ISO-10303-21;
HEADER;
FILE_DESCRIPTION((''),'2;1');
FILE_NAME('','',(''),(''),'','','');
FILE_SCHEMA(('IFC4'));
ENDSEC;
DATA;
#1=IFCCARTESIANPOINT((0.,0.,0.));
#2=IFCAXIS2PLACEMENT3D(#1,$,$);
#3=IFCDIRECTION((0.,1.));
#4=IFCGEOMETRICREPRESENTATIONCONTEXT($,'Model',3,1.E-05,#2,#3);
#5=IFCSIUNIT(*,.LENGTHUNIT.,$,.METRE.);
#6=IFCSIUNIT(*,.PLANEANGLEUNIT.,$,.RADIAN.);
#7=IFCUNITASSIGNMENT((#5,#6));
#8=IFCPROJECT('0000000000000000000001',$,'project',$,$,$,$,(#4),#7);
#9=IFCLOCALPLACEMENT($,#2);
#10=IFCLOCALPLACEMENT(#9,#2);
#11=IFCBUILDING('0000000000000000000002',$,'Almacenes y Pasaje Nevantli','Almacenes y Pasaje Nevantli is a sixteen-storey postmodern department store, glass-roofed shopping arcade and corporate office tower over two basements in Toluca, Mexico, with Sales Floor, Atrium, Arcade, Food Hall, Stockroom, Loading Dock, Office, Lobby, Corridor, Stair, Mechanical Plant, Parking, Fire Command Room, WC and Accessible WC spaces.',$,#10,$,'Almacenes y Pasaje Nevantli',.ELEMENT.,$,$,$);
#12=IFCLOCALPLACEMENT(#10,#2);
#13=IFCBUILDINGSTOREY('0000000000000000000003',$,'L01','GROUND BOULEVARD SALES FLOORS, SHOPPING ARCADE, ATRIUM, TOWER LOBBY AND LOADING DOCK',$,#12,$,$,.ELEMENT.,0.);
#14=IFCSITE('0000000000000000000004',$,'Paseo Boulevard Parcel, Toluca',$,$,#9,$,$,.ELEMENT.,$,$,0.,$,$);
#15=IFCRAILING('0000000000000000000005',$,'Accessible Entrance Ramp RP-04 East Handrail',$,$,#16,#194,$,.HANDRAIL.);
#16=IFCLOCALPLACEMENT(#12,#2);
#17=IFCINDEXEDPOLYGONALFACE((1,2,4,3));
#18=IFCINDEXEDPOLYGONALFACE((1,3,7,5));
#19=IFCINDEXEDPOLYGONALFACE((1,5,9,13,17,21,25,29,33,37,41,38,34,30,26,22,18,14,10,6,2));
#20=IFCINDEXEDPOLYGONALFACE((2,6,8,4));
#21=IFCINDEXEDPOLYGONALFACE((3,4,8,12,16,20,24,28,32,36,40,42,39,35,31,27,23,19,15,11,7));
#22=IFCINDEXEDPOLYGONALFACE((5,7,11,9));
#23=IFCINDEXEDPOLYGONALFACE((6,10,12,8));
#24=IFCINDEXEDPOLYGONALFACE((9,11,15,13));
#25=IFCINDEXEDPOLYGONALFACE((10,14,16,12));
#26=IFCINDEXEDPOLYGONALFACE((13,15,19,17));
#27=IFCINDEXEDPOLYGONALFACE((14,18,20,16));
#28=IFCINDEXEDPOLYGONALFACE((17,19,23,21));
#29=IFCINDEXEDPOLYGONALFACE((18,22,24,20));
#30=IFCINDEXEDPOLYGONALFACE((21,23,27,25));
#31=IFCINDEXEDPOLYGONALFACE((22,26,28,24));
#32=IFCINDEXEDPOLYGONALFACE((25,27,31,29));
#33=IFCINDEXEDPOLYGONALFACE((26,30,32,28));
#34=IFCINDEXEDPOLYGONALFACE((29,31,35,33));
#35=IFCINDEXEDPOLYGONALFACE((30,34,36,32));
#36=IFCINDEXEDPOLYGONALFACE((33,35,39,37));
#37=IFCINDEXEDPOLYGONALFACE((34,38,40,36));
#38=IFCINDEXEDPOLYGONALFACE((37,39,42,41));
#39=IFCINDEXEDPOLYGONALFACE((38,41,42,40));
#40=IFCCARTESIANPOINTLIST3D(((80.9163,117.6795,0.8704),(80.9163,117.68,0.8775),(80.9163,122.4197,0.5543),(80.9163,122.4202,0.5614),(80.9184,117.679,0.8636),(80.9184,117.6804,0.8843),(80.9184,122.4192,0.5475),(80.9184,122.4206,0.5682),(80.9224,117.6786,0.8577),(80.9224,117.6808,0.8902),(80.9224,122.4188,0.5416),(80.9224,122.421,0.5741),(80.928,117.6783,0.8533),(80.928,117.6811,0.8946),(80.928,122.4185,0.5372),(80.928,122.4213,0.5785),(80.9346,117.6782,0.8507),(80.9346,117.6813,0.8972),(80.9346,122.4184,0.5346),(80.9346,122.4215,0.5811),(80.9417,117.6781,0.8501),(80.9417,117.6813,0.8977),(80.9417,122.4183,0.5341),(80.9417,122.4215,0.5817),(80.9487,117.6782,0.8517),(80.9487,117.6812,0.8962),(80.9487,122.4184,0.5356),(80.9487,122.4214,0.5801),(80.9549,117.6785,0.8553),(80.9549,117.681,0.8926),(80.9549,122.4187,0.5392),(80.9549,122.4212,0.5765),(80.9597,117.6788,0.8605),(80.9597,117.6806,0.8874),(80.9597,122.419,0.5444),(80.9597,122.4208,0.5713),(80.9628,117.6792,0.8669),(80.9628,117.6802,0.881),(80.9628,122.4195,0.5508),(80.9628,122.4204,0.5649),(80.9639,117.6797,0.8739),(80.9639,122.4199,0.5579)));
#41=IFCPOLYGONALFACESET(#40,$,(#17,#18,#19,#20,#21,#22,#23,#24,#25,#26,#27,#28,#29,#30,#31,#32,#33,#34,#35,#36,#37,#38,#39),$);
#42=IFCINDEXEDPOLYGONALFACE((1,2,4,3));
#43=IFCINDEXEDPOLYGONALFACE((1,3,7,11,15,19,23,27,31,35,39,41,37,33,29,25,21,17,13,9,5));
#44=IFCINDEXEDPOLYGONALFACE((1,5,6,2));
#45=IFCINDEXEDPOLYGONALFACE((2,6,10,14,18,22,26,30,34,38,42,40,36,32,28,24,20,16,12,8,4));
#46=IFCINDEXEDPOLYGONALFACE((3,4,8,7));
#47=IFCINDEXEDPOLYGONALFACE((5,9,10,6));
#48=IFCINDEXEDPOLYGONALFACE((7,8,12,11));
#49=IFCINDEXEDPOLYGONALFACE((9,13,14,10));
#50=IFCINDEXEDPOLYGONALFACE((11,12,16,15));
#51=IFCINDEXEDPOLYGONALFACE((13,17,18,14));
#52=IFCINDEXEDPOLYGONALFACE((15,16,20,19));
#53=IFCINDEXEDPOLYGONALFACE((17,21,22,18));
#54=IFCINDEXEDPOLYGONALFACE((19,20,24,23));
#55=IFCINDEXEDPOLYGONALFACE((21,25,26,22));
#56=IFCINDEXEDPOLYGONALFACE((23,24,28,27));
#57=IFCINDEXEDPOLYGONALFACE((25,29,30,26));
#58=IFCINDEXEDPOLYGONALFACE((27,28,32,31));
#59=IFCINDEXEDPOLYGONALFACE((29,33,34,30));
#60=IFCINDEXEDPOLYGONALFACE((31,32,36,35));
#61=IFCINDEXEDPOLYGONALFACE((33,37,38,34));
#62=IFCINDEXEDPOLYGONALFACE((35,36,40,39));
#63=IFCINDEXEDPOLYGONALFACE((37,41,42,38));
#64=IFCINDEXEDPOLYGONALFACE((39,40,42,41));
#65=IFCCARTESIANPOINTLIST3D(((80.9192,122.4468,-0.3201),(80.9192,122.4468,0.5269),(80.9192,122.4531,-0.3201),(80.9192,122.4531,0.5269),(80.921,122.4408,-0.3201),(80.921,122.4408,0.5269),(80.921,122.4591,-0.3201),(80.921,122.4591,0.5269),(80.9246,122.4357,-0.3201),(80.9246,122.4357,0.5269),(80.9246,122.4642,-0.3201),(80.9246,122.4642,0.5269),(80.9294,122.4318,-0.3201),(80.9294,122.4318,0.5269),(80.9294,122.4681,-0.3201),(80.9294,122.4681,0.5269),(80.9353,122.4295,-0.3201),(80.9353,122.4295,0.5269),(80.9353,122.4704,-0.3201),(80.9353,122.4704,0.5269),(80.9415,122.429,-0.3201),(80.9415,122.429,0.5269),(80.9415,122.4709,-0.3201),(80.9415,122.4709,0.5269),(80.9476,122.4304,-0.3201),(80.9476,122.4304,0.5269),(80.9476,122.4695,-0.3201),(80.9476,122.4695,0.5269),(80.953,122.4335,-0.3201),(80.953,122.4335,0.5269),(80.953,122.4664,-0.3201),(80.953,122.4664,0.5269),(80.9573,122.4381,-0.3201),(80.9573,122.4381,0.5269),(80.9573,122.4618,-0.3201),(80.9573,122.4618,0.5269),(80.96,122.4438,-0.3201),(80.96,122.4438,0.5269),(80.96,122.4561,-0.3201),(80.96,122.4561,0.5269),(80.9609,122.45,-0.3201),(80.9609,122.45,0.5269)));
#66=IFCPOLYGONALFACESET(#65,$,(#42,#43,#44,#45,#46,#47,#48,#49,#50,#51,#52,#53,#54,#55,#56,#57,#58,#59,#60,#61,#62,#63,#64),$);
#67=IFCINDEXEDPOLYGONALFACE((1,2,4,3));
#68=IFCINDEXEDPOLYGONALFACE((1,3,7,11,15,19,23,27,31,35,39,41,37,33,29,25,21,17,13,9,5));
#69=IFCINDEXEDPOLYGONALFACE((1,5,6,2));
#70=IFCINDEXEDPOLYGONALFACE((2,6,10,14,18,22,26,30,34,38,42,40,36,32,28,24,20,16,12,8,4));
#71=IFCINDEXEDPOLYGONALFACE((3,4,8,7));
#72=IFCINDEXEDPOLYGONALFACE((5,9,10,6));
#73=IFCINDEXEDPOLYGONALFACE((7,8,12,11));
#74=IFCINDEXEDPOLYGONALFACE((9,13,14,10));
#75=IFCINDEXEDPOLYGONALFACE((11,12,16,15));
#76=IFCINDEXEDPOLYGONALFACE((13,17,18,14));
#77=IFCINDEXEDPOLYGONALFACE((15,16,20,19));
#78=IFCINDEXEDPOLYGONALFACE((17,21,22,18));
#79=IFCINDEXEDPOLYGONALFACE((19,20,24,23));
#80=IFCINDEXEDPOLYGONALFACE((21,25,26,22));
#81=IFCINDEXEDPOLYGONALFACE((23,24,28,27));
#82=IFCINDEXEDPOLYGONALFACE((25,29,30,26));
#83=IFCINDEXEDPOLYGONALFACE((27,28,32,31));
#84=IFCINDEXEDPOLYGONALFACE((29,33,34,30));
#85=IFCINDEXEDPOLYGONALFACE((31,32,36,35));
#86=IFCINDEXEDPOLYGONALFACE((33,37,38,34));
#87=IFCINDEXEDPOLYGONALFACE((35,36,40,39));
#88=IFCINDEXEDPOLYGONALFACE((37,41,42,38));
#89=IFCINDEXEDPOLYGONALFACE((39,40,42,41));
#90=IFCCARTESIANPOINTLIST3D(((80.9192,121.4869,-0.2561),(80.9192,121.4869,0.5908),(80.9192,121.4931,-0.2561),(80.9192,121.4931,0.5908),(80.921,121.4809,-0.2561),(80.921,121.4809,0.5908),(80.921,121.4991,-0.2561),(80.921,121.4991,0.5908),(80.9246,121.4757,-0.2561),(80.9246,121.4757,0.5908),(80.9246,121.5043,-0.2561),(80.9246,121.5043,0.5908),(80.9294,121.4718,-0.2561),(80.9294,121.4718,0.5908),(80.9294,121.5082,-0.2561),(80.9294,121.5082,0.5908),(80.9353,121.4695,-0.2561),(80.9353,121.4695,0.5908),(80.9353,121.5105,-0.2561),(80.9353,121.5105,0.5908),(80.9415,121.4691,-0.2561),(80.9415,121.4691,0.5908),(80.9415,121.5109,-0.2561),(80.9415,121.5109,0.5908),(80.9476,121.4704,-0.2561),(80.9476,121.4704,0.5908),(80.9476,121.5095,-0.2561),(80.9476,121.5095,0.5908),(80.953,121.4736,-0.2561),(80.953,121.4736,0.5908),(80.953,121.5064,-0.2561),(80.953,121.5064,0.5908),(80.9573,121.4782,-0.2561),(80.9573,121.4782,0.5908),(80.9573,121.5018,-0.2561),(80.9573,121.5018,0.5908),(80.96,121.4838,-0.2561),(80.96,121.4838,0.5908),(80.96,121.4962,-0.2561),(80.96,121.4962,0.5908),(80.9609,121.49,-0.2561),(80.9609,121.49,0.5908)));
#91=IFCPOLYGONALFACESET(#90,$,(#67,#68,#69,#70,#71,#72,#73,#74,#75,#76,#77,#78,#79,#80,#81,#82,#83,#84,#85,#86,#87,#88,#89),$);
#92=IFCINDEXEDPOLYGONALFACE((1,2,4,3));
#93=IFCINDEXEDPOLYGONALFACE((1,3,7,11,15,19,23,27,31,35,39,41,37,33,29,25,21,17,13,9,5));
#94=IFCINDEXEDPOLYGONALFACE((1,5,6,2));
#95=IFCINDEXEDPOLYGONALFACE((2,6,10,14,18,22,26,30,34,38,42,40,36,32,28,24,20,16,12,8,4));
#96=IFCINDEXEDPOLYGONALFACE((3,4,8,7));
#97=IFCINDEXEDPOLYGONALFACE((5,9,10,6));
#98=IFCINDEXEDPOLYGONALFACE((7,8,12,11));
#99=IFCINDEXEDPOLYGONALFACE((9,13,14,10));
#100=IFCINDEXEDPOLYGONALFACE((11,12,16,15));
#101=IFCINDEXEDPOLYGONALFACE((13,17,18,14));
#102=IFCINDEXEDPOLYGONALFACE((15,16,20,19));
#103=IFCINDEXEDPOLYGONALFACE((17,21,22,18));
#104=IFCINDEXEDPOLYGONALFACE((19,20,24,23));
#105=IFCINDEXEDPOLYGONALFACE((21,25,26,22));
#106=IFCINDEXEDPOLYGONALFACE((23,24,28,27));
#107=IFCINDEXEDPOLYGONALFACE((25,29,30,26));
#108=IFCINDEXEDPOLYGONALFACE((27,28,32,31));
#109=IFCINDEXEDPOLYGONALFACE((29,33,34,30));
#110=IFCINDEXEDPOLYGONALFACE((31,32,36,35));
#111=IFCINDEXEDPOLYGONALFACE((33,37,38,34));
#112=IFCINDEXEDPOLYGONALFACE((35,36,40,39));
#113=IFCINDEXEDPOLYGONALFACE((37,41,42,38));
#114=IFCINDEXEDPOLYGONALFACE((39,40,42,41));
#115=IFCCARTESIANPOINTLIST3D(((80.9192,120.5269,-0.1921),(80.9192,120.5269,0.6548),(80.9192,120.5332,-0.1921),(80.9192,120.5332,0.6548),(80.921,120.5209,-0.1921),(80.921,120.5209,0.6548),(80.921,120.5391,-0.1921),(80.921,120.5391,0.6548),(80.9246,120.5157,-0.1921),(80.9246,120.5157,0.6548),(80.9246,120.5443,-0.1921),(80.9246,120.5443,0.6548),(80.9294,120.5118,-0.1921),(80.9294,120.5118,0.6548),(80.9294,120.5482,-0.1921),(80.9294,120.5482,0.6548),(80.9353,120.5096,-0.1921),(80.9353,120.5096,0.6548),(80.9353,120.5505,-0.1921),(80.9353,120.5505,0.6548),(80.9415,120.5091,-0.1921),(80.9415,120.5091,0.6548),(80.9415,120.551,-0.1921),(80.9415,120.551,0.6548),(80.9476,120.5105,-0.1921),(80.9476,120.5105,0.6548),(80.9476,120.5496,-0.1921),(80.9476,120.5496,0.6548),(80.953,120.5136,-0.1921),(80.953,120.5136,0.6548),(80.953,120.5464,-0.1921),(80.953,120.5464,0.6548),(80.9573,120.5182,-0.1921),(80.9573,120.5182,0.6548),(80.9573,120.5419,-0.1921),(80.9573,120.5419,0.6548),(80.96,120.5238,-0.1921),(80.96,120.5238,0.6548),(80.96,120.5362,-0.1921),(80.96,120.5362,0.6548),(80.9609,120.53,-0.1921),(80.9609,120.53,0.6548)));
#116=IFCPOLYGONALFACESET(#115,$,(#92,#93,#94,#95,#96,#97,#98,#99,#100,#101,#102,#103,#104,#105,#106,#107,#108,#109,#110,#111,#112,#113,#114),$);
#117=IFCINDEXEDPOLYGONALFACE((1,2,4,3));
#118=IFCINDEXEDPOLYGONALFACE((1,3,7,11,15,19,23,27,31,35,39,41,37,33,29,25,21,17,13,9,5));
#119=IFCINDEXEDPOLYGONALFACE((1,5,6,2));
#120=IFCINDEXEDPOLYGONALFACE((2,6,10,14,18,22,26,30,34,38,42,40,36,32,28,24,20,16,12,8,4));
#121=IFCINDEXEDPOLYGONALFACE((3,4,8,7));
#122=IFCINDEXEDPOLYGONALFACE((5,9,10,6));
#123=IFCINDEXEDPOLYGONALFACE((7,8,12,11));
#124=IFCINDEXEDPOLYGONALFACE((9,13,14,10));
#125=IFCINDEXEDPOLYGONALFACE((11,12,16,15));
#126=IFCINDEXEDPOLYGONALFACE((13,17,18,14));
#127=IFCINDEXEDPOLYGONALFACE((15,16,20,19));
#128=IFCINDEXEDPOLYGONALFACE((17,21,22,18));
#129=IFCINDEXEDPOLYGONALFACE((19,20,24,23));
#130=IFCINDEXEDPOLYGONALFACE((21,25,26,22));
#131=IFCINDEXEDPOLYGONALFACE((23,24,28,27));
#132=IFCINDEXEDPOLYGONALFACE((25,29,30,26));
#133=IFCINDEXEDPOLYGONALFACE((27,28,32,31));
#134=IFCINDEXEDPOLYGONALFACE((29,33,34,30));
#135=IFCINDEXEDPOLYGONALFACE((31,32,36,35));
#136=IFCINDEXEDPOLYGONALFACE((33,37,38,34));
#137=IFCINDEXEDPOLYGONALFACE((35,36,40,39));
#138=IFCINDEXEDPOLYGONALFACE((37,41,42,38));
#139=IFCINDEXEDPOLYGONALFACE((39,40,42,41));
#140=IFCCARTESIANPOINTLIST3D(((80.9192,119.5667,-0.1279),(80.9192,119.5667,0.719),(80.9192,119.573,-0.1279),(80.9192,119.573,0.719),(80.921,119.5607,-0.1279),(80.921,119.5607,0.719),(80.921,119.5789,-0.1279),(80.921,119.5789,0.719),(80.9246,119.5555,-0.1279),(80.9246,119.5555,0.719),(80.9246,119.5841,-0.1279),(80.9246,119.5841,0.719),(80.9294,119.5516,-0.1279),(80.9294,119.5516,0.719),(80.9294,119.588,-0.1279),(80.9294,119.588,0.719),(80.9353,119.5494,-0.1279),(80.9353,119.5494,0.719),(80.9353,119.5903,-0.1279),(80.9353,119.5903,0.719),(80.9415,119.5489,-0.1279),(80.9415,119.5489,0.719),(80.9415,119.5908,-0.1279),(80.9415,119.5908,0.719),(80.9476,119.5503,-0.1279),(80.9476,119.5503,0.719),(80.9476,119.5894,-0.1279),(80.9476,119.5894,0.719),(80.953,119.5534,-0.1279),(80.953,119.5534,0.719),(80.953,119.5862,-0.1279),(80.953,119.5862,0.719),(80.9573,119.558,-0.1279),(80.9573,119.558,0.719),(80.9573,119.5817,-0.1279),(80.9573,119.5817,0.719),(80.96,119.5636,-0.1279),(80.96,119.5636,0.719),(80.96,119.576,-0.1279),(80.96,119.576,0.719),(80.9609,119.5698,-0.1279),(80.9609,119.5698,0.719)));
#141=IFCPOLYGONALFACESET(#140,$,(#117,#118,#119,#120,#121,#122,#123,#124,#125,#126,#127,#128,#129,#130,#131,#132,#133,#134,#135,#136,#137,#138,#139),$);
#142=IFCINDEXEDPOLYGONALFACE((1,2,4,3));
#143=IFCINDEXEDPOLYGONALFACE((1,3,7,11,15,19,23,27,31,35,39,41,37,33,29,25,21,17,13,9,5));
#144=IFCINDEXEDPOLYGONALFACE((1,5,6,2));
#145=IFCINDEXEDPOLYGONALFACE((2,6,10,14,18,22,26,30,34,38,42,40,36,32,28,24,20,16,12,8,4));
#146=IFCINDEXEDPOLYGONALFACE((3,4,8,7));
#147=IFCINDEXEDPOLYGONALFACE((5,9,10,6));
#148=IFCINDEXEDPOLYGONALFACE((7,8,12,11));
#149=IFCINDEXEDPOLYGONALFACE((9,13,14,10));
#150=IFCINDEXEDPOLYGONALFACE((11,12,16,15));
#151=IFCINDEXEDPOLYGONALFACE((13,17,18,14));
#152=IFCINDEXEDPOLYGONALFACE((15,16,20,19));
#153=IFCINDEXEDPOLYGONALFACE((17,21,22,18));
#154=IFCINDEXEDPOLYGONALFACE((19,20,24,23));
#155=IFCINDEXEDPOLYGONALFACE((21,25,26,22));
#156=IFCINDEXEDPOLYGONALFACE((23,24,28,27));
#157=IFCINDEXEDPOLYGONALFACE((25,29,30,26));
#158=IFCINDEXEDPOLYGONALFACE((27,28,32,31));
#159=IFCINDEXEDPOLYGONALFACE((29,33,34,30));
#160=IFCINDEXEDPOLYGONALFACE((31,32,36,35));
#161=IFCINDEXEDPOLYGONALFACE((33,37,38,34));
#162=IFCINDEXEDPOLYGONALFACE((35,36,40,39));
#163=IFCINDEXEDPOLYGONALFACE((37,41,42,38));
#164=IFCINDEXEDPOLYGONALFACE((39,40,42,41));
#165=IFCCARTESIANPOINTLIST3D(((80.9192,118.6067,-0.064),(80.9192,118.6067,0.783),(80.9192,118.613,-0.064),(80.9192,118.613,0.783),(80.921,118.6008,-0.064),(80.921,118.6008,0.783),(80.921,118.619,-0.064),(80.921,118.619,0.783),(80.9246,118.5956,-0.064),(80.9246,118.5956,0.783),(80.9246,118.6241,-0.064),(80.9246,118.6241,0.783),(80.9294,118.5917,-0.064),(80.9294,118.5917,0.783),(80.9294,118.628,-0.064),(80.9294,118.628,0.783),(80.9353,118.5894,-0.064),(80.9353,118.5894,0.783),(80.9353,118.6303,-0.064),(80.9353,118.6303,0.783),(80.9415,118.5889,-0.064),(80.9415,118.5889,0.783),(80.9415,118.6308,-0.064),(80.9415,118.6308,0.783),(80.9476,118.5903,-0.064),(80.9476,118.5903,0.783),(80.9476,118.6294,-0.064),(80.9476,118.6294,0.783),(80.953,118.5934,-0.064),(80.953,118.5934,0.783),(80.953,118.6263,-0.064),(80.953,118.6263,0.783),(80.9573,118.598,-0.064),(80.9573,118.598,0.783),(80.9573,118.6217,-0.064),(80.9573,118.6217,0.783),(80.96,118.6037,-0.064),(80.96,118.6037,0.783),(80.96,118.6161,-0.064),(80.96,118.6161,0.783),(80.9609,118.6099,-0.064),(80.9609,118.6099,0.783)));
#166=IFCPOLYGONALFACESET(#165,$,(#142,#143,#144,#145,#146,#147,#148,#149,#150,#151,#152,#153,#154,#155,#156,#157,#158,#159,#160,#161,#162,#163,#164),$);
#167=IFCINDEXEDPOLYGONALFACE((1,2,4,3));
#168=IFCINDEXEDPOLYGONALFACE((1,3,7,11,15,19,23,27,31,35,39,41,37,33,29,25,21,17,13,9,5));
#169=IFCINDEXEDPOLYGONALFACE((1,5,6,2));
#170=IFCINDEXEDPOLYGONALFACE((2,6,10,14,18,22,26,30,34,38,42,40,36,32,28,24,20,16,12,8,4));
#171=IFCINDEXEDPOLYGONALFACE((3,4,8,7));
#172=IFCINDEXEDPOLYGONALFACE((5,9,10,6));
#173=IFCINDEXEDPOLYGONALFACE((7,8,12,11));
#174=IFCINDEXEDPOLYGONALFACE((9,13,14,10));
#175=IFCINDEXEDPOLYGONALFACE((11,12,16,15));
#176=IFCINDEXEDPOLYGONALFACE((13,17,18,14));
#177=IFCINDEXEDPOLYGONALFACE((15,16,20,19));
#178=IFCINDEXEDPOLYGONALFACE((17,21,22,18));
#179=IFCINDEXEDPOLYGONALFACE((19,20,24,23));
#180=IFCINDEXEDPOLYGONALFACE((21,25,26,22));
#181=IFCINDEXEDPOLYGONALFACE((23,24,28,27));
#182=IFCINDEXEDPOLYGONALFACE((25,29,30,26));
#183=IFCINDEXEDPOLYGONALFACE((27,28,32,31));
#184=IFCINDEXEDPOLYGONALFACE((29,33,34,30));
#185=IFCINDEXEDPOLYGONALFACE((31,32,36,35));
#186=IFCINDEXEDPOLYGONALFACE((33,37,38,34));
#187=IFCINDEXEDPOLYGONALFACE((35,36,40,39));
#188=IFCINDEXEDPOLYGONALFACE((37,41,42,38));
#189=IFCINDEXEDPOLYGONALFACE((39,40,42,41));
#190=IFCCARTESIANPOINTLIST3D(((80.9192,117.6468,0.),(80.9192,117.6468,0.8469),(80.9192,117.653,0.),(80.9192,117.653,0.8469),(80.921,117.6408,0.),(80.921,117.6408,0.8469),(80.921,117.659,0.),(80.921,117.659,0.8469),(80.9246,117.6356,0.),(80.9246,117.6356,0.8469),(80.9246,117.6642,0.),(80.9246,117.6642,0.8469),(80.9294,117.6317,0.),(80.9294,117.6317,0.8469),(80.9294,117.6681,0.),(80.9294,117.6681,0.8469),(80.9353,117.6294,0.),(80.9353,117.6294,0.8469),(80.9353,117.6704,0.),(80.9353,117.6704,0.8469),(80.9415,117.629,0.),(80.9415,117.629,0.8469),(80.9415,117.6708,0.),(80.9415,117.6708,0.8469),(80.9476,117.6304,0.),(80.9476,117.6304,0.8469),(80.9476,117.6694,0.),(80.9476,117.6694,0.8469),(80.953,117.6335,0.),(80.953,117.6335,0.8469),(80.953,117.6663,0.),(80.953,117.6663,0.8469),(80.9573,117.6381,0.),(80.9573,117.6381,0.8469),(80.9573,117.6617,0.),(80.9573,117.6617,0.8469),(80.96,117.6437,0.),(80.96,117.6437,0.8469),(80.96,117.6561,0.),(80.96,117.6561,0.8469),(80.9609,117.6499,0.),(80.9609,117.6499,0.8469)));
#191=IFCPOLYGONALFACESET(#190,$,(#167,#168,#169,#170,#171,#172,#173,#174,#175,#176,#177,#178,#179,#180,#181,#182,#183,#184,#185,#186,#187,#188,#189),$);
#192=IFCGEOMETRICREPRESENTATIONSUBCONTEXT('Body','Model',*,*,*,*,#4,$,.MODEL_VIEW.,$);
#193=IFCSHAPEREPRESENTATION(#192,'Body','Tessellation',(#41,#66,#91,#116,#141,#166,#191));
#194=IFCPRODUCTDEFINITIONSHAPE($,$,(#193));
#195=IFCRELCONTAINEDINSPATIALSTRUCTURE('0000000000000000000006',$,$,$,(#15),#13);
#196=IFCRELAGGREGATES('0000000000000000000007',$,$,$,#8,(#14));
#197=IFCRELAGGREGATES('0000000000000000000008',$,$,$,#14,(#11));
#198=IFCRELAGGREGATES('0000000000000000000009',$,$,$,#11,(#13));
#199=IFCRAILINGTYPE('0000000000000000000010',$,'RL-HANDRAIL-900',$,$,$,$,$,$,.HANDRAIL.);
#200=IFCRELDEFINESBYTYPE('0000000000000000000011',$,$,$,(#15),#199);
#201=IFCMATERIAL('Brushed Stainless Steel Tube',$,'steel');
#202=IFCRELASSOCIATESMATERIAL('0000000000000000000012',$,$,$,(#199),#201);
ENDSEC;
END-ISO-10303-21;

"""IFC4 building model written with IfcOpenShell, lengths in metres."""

from ifc_helpers import new_model, si_unit, direction, frame, origin, origin_2d, place, context, subcontext, project, spatial, circle, extrude, material, type_object, element, save


model = new_model("IFC4")

# Units and contexts
model_context = context("Model", 3, precision=1e-05, world=origin(), true_north=direction((0.0, 1.0)))
body_context = subcontext(model_context, "Body", "Model", "MODEL_VIEW")
ifc_project = project(units=[si_unit("LENGTHUNIT", "METRE"), si_unit("PLANEANGLEUNIT", "RADIAN")], contexts=[model_context])

# Site, building, storey
site_placement = place(None, origin())
site = spatial("IfcSite", under=ifc_project, at=site_placement, Name="Paseo Boulevard Parcel, Toluca", CompositionType="ELEMENT", RefElevation=0.0)
building_placement = place(site_placement, origin())
building = spatial("IfcBuilding", under=site, at=building_placement, Name="Almacenes y Pasaje Nevantli", Description="Almacenes y Pasaje Nevantli is a sixteen-storey postmodern department store, glass-roofed shopping arcade and corporate office tower over two basements in Toluca, Mexico, with Sales Floor, Atrium, Arcade, Food Hall, Stockroom, Loading Dock, Office, Lobby, Corridor, Stair, Mechanical Plant, Parking, Fire Command Room, WC and Accessible WC spaces.", LongName="Almacenes y Pasaje Nevantli", CompositionType="ELEMENT")
storey_placement = place(building_placement, origin())
storey = spatial("IfcBuildingStorey", under=building, at=storey_placement, Name="L01", Description="GROUND BOULEVARD SALES FLOORS, SHOPPING ARCADE, ATRIUM, TOWER LOBBY AND LOADING DOCK", CompositionType="ELEMENT", Elevation=0.0)

# Railing
ifc_material_1 = material(Name="Brushed Stainless Steel Tube", Category="steel")
railing_type = type_object("IfcRailingType", Name="RL-HANDRAIL-900", PredefinedType="HANDRAIL", material=ifc_material_1)
for number, where, name in (
    (1, (80.9399, 122.45, -0.3201), "Accessible Entrance Ramp RP-04 East Handrail"),
):
    element("IfcRailing", number, at=place(storey_placement, frame(where)), inside=storey, type_object=railing_type, Name=name, PredefinedType="HANDRAIL", context=body_context, shape_type="SweptSolid", body=[
        extrude(circle(Radius=0.0239, at=origin_2d()), frame((0.0, -0.03, 0.8779), z_axis=(0.0, -0.997784, 0.066532), x_axis=(1.0, 0.0, 0.0)), (0.0, 0.0, 1.0), 4.7507),
        extrude(circle(Radius=0.021, at=origin_2d()), origin(), (0.0, 0.0, 1.0), 0.8469),
        extrude(circle(Radius=0.021, at=origin_2d()), frame((0.0, -0.96, 0.064)), (0.0, 0.0, 1.0), 0.8469),
        extrude(circle(Radius=0.021, at=origin_2d()), frame((0.0, -1.9199, 0.1279)), (0.0, 0.0, 1.0), 0.8469),
        extrude(circle(Radius=0.021, at=origin_2d()), frame((0.0, -2.8801, 0.1921)), (0.0, 0.0, 1.0), 0.8469),
        extrude(circle(Radius=0.021, at=origin_2d()), frame((0.0, -3.8401, 0.2561)), (0.0, 0.0, 1.0), 0.8469),
        extrude(circle(Radius=0.021, at=origin_2d()), frame((0.0, -4.8, 0.3201)), (0.0, 0.0, 1.0), 0.8469),
    ])

save(model, "model.ifc")
